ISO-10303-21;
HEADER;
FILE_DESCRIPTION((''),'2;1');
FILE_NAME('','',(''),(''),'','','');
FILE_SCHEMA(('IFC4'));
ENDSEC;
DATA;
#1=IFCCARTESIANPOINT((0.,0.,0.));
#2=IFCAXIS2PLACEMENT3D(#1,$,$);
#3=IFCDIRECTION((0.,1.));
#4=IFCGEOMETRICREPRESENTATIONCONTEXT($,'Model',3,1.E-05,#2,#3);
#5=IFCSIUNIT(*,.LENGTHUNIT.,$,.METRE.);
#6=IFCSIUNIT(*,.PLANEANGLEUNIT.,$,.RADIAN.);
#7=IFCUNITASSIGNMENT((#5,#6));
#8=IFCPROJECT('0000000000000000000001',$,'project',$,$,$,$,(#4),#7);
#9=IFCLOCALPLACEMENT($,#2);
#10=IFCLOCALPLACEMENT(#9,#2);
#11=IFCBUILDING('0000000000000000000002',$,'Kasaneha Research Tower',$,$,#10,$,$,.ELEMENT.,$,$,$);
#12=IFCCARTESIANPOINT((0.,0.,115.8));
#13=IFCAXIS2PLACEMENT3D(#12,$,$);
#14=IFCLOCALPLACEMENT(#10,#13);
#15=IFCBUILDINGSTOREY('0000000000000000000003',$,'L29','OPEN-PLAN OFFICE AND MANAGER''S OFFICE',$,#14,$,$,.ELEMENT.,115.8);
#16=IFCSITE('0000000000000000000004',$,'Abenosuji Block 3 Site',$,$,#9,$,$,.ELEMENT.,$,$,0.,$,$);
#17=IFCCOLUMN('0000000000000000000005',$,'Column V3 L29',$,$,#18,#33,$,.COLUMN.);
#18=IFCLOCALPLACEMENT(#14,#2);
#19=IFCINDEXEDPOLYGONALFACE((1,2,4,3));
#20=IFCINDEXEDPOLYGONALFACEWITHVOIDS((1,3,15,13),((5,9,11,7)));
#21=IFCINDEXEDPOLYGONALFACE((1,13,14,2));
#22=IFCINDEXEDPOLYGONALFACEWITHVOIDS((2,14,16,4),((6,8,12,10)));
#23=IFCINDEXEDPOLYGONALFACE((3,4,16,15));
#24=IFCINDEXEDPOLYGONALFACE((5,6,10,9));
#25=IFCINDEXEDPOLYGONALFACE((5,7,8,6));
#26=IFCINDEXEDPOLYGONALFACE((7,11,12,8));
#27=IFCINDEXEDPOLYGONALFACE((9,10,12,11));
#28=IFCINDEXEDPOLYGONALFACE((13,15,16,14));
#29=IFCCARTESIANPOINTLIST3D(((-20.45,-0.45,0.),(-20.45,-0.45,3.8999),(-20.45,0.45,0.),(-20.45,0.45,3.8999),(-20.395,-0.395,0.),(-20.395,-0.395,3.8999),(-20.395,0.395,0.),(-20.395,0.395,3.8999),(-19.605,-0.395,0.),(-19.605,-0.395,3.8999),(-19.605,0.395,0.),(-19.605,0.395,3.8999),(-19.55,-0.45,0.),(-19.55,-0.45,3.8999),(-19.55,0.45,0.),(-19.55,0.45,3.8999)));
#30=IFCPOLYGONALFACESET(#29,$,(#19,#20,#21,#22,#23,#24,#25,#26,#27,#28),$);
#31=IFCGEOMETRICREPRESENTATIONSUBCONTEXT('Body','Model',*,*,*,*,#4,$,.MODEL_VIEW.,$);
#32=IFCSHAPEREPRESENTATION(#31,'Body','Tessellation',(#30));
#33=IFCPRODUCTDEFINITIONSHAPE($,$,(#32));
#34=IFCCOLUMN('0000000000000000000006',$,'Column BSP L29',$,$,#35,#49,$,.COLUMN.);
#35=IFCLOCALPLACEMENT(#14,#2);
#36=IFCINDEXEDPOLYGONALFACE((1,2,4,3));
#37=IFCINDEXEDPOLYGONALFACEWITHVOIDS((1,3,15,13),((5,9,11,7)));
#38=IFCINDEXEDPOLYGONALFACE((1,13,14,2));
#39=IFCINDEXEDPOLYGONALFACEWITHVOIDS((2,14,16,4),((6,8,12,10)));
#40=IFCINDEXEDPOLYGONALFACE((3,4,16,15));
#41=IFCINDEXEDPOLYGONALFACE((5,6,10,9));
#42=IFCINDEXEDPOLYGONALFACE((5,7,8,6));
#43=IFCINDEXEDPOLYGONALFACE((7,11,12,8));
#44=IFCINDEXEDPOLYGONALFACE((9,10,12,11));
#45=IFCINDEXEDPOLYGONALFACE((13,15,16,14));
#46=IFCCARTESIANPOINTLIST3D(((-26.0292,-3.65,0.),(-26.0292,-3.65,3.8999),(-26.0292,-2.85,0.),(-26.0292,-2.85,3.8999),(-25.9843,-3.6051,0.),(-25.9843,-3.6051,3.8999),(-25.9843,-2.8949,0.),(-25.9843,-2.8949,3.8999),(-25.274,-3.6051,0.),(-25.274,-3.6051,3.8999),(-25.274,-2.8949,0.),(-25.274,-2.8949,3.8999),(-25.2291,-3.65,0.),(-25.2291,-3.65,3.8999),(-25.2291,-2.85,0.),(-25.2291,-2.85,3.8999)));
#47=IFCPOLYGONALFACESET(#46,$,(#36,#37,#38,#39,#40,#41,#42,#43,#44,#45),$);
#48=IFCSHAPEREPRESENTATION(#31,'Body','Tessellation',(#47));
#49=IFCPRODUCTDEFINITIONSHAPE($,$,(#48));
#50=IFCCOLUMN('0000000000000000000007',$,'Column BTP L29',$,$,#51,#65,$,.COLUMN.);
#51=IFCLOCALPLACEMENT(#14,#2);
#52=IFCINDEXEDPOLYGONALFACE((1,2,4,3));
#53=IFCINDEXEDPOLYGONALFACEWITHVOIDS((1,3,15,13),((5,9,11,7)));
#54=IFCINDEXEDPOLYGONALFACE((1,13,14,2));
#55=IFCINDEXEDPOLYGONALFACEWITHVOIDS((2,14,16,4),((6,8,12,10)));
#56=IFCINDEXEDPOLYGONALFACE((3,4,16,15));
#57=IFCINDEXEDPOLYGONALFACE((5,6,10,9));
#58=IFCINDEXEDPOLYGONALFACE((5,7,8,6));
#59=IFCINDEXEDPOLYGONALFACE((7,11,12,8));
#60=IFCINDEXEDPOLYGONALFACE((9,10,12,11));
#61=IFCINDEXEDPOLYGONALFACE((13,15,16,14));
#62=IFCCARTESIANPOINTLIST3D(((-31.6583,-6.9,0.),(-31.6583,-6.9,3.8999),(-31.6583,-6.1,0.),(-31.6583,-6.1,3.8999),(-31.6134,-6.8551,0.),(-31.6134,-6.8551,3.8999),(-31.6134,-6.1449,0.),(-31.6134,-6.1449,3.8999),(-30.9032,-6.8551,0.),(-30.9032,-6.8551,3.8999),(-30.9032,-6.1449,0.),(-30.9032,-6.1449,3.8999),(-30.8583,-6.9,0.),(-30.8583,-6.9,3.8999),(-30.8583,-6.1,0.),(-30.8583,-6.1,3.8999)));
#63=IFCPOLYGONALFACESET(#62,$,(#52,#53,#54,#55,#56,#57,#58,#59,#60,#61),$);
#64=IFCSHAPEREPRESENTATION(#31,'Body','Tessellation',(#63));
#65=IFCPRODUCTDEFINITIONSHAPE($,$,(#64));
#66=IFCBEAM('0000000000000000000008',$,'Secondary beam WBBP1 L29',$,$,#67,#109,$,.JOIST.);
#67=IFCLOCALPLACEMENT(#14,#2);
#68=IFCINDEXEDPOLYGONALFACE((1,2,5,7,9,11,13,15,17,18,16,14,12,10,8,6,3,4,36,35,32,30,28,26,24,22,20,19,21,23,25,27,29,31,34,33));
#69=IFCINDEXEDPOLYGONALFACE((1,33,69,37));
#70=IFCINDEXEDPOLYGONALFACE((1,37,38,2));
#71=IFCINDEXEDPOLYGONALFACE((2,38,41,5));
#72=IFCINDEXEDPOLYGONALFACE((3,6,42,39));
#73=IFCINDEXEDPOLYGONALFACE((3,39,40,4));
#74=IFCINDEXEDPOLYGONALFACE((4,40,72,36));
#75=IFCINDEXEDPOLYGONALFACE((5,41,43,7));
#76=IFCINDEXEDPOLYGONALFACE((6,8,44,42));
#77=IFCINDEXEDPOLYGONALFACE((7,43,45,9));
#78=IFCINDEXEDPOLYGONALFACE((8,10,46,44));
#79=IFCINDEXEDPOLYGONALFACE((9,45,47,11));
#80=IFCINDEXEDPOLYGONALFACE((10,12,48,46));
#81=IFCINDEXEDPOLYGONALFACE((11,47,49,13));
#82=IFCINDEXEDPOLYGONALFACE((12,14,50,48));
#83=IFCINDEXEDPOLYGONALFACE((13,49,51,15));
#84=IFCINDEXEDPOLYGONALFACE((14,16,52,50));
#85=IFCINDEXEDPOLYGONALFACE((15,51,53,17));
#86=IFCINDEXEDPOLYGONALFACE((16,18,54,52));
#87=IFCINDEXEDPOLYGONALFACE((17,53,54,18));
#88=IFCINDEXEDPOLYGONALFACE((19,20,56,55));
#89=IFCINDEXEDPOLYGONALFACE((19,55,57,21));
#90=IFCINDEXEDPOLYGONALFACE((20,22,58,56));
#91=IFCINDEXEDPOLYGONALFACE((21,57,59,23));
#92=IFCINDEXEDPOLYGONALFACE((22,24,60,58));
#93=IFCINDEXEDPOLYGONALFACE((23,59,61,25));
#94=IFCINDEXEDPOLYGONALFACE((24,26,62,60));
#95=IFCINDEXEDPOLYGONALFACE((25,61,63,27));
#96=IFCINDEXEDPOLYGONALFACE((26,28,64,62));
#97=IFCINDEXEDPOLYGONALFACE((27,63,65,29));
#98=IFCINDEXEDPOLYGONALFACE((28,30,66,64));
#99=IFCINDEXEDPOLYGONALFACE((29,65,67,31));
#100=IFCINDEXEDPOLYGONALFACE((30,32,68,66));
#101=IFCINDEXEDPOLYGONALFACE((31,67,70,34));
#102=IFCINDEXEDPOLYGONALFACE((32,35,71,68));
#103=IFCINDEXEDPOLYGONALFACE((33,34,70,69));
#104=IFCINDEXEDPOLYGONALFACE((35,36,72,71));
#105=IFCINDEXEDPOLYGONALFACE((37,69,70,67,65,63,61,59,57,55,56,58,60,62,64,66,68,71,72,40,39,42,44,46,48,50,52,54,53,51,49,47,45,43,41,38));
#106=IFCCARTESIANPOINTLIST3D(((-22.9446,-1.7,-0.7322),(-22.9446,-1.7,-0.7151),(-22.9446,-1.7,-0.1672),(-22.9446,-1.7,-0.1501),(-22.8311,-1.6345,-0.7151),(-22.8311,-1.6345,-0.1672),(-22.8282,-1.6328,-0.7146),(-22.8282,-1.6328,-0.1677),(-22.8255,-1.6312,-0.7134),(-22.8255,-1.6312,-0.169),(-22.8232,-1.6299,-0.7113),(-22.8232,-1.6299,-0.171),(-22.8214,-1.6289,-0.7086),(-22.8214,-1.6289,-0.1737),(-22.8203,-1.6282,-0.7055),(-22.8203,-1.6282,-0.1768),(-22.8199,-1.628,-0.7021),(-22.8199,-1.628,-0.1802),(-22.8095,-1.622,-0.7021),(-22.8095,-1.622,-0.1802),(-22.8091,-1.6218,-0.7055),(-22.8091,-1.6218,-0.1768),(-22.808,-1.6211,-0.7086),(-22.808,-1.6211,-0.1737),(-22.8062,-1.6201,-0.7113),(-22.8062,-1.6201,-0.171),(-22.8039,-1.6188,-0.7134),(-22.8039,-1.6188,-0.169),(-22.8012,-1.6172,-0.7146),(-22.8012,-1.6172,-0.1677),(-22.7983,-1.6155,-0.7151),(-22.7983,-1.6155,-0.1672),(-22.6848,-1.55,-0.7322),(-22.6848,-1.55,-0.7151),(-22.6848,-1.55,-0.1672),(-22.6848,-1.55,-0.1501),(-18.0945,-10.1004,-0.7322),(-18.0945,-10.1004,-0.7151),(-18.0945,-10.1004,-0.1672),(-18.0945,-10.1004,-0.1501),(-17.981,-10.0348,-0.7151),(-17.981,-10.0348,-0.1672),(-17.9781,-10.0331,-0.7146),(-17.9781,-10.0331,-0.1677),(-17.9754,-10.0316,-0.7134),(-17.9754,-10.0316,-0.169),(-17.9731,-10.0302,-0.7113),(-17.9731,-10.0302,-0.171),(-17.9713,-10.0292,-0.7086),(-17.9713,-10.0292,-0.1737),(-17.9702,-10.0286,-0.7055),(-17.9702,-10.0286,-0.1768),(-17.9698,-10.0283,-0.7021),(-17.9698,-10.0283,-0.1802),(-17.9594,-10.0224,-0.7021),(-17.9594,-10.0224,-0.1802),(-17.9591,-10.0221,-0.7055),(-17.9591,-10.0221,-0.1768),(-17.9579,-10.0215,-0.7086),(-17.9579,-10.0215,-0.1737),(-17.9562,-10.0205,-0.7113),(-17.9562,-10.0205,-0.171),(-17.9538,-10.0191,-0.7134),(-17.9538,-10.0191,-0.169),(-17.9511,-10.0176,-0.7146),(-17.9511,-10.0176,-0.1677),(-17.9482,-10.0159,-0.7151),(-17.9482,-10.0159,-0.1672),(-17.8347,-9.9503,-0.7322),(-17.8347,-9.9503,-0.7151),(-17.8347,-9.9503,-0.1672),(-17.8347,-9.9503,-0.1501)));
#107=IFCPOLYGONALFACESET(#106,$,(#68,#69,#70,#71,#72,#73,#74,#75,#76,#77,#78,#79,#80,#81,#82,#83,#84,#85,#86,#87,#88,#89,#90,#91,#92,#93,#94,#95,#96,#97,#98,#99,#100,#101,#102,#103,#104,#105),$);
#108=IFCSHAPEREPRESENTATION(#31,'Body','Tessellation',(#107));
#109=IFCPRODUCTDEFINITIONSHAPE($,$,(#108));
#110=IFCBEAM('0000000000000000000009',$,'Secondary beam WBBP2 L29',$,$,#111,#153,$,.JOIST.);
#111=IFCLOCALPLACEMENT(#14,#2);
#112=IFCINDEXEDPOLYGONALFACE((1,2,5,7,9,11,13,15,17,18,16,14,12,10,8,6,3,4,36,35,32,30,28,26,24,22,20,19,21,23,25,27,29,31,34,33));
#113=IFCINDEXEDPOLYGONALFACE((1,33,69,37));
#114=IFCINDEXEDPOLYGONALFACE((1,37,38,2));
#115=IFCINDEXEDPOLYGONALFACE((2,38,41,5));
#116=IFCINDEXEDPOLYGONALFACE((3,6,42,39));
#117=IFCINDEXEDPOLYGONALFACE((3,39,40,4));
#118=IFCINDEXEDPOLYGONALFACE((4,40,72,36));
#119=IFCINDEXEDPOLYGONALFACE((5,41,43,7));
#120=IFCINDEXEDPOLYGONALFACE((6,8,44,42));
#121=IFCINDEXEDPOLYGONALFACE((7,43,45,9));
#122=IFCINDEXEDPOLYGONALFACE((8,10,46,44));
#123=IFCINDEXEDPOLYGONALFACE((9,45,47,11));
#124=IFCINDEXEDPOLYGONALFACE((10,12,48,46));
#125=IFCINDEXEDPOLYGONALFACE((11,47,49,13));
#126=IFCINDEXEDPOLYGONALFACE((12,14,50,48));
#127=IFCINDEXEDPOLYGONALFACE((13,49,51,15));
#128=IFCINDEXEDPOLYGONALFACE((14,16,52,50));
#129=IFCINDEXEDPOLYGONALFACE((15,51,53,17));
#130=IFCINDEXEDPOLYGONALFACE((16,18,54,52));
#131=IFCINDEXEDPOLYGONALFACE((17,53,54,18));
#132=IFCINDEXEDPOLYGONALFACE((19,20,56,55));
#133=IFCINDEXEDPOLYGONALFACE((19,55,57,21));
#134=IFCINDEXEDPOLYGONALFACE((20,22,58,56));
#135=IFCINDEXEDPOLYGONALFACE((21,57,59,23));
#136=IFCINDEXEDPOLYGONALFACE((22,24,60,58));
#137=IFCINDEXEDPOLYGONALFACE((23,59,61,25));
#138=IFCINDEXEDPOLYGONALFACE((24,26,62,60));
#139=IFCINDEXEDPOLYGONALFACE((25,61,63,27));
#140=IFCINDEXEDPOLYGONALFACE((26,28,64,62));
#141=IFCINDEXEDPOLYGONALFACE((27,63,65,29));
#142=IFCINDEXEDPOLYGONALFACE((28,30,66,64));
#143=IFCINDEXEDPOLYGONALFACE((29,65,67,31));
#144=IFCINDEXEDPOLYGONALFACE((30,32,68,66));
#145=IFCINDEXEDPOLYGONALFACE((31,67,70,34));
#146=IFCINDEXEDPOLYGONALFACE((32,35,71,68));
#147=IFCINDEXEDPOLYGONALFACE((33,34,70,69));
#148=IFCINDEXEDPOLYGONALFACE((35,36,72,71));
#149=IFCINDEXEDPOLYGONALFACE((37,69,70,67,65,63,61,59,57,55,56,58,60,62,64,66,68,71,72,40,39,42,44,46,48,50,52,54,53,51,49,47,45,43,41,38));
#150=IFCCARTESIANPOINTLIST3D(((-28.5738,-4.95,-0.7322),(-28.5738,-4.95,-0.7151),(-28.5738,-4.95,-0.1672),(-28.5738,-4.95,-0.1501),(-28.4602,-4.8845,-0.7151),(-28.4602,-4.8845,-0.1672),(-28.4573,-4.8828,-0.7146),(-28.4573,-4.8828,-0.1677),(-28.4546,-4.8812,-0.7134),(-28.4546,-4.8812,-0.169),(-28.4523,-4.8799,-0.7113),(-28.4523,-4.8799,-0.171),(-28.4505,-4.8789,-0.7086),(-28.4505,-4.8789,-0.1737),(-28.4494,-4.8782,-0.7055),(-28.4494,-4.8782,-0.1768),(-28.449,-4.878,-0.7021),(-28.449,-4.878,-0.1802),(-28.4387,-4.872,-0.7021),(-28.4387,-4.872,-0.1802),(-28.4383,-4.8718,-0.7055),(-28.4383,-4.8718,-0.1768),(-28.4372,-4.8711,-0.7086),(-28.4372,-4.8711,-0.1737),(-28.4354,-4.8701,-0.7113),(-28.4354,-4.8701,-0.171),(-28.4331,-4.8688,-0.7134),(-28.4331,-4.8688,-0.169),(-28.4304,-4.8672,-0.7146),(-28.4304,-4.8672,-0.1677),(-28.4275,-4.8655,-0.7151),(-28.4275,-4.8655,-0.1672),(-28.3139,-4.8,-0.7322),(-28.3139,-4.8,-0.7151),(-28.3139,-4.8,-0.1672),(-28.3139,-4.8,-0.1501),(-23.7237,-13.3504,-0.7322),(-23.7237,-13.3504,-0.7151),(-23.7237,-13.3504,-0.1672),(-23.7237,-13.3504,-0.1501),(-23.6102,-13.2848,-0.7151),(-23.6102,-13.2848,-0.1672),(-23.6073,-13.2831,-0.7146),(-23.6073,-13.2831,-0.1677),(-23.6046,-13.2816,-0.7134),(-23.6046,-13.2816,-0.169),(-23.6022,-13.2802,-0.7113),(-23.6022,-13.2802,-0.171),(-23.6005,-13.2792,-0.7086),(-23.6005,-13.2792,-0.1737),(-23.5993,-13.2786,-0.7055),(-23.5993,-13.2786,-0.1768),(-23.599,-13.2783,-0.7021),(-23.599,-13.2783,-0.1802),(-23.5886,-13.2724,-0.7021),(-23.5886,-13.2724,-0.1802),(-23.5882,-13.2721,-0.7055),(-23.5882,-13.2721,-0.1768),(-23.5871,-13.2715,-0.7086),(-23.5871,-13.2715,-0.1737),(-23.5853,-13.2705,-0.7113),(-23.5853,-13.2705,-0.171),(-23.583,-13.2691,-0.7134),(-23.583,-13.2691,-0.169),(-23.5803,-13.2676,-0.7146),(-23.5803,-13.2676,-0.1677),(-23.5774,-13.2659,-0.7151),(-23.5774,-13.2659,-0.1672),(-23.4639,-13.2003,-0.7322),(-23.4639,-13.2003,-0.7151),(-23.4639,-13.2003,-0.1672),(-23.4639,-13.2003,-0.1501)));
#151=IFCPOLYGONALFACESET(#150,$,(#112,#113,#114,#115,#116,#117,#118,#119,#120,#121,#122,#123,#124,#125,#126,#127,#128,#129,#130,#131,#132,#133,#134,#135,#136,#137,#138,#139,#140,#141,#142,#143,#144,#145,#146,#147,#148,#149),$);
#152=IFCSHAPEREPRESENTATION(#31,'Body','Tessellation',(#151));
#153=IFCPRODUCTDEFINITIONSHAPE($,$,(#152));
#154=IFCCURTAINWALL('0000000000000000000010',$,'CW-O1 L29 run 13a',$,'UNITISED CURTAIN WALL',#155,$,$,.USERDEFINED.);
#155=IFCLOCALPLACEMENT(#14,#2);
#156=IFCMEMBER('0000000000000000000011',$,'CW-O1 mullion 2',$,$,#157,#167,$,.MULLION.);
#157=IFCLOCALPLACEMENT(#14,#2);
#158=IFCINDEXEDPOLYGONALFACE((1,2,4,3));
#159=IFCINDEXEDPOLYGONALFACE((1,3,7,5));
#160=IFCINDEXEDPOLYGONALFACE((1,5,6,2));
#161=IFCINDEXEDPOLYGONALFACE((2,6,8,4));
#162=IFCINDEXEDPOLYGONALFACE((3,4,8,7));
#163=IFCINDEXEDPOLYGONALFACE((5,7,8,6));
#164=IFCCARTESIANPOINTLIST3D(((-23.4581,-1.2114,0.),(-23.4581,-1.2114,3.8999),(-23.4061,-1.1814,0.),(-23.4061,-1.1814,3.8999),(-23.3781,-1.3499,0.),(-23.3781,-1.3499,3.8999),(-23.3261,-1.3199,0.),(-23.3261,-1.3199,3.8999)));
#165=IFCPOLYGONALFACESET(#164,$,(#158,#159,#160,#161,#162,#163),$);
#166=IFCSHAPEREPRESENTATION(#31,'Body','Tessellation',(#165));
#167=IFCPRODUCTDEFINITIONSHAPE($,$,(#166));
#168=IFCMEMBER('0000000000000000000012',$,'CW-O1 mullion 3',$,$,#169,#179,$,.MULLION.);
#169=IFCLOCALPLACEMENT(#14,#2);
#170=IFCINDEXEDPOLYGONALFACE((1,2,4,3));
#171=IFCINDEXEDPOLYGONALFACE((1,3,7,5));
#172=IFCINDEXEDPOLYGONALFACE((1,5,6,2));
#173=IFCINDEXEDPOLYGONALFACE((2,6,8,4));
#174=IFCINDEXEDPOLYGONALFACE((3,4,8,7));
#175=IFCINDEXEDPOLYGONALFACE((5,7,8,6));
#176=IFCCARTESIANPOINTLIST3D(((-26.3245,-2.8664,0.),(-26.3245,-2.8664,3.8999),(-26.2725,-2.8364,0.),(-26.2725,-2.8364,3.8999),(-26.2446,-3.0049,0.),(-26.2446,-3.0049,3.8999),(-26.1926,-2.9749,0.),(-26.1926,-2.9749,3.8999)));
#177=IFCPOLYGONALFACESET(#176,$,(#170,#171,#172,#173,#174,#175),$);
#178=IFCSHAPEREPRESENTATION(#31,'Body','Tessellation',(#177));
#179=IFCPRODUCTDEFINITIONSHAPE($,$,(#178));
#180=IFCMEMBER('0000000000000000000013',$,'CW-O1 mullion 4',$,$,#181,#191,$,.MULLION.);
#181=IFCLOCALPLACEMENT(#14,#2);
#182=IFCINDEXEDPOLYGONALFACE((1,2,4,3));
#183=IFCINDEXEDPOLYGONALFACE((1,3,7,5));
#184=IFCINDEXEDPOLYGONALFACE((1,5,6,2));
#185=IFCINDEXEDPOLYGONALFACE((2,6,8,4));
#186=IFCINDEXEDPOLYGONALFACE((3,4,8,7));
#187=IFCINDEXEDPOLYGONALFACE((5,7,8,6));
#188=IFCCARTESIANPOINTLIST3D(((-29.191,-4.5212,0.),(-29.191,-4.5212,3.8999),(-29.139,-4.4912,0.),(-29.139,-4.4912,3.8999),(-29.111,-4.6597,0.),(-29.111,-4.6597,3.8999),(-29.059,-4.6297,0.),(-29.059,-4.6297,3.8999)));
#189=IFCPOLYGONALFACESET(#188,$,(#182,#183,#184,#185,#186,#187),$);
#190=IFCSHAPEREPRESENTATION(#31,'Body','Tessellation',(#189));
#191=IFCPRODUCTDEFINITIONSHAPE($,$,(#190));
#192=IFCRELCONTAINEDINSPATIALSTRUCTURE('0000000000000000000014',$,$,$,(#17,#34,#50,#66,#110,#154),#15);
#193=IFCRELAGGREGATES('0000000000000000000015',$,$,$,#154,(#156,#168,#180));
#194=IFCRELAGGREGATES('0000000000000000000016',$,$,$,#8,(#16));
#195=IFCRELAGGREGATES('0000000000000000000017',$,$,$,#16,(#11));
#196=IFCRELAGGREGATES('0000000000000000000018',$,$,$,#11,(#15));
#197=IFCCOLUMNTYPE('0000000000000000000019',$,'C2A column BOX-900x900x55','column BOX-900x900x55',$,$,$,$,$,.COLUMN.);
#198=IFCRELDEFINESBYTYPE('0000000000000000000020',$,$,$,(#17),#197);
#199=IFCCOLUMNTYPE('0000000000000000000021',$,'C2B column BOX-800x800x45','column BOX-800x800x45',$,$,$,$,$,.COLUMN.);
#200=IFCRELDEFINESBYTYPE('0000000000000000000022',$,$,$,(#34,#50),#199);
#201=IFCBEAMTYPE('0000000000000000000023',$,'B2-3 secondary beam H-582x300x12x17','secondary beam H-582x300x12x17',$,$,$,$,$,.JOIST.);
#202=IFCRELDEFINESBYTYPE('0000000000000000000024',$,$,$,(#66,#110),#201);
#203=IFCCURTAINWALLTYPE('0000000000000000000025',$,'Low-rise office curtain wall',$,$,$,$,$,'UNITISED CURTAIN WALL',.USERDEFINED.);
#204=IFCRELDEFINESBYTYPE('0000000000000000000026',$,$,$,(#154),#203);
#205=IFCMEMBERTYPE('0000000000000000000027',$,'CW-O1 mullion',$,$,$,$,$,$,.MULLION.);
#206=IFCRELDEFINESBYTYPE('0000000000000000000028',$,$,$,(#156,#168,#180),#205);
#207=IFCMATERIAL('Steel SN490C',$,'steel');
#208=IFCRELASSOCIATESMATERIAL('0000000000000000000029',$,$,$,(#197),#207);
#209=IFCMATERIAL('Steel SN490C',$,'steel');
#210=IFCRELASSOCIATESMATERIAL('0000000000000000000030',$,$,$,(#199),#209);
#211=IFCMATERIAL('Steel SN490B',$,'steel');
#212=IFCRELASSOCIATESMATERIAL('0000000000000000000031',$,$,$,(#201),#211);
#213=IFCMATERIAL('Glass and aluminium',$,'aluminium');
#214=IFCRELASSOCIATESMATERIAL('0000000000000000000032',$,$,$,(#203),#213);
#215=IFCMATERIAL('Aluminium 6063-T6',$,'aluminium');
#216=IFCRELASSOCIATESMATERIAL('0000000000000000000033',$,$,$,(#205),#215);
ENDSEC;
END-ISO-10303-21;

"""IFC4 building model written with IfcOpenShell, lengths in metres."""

from ifc_helpers import new_model, si_unit, direction, frame, origin, origin_2d, place, context, subcontext, project, spatial, rectangle, hollow_rectangle, i_section, extrude, material, material_profile, profile_set, type_object, element, aggregate, save


model = new_model("IFC4")

# Units and contexts
model_context = context("Model", 3, precision=1e-05, world=origin(), true_north=direction((0.0, 1.0)))
body_context = subcontext(model_context, "Body", "Model", "MODEL_VIEW")
ifc_project = project(units=[si_unit("LENGTHUNIT", "METRE"), si_unit("PLANEANGLEUNIT", "RADIAN")], contexts=[model_context])

# Site, building, storey
site_placement = place(None, origin())
site = spatial("IfcSite", under=ifc_project, at=site_placement, Name="Abenosuji Block 3 Site", CompositionType="ELEMENT", RefElevation=0.0)
building_placement = place(site_placement, origin())
building = spatial("IfcBuilding", under=site, at=building_placement, Name="Kasaneha Research Tower", CompositionType="ELEMENT")
storey_placement = place(building_placement, frame((0.0, 0.0, 115.8)))
storey = spatial("IfcBuildingStorey", under=building, at=storey_placement, Name="L29", Description="OPEN-PLAN OFFICE AND MANAGER'S OFFICE", CompositionType="ELEMENT", Elevation=115.8)

# Columns
ifc_material_1 = material(Name="Steel SN490C", Category="steel")
ifc_material_profile_1 = material_profile(ifc_material_1, hollow_rectangle(XDim=0.8999, YDim=0.8999, WallThickness=0.0549, at=origin_2d()), Name="BOX-900x900x55")
ifc_profile_set_1 = profile_set([ifc_material_profile_1], Name="Steel SN490C")
column_type_1 = type_object("IfcColumnType", Name="C2A column BOX-900x900x55", Description="column BOX-900x900x55", PredefinedType="COLUMN", material=ifc_profile_set_1)
column_placement = place(storey_placement, frame((-20.0, 0.0, 0.0), z_axis=(0.0, 0.0, 1.0), x_axis=(1.0, 0.0, 0.0)))
element("IfcColumn", 1, at=column_placement, inside=storey, type_object=column_type_1, Name="Column V3 L29", PredefinedType="COLUMN", context=body_context, shape_type="SweptSolid", body=[
    extrude(hollow_rectangle(XDim=0.8999, YDim=0.8999, WallThickness=0.0549, at=origin_2d()), origin(), (0.0, 0.0, 1.0), 3.8999),
])
ifc_material_2 = material(Name="Steel SN490C", Category="steel")
ifc_material_profile_2 = material_profile(ifc_material_2, hollow_rectangle(XDim=0.8, YDim=0.8, WallThickness=0.0449, at=origin_2d()), Name="BOX-800x800x45")
ifc_profile_set_2 = profile_set([ifc_material_profile_2], Name="Steel SN490C")
column_type_2 = type_object("IfcColumnType", Name="C2B column BOX-800x800x45", Description="column BOX-800x800x45", PredefinedType="COLUMN", material=ifc_profile_set_2)
for number, where, z_axis, x_axis, name in (
    (2, (-25.6292, -3.25, 0.0), (0.0, 0.0, 1.0), (1.0, 0.0, 0.0), "Column BSP L29"),
    (3, (-31.2583, -6.5, 0.0), (0.0, 0.0, 1.0), (1.0, 0.0, 0.0), "Column BTP L29"),
):
    element("IfcColumn", number, at=place(storey_placement, frame(where, z_axis=z_axis, x_axis=x_axis)), inside=storey, type_object=column_type_2, Name=name, PredefinedType="COLUMN", context=body_context, shape_type="SweptSolid", body=[
        extrude(hollow_rectangle(XDim=0.8, YDim=0.8, WallThickness=0.0449, at=origin_2d()), origin(), (0.0, 0.0, 1.0), 3.8999),
    ])

# Beams
ifc_material_3 = material(Name="Steel SN490B", Category="steel")
ifc_material_profile_3 = material_profile(ifc_material_3, i_section(OverallWidth=0.3, OverallDepth=0.582, WebThickness=0.012, FlangeThickness=0.0171, FilletRadius=0.0129, at=origin_2d()), Name="H-582x300x12x17")
ifc_profile_set_3 = profile_set([ifc_material_profile_3], Name="Steel SN490B")
beam_type_1 = type_object("IfcBeamType", Name="B2-3 secondary beam H-582x300x12x17", Description="secondary beam H-582x300x12x17", PredefinedType="JOIST", material=ifc_profile_set_3)
for number, where, z_axis, x_axis, name in (
    (4, (-22.8147, -1.625, -0.4412), (0.50001, -0.86602, 0.0), (0.86602, 0.50001, 0.0), "Secondary beam WBBP1 L29"),
    (5, (-28.4438, -4.875, -0.4412), (0.50001, -0.86602, 0.0), (0.86602, 0.50001, 0.0), "Secondary beam WBBP2 L29"),
):
    element("IfcBeam", number, at=place(storey_placement, frame(where, z_axis=z_axis, x_axis=x_axis)), inside=storey, type_object=beam_type_1, Name=name, PredefinedType="JOIST", context=body_context, shape_type="SweptSolid", body=[
        extrude(i_section(OverallWidth=0.3, OverallDepth=0.582, WebThickness=0.012, FlangeThickness=0.0171, FilletRadius=0.0129, at=origin_2d()), origin(), (0.0, 0.0, 1.0), 9.7),
    ])

# Curtain wall, members
ifc_material_4 = material(Name="Glass and aluminium", Category="aluminium")
curtain_wall_type = type_object("IfcCurtainWallType", Name="Low-rise office curtain wall", ElementType="UNITISED CURTAIN WALL", PredefinedType="USERDEFINED", material=ifc_material_4)
curtain_wall_1_placement = place(storey_placement, origin())
curtain_wall_1 = element("IfcCurtainWall", 6, at=curtain_wall_1_placement, inside=storey, type_object=curtain_wall_type, Name="CW-O1 L29 run 13a", ObjectType="UNITISED CURTAIN WALL", PredefinedType="USERDEFINED")
ifc_material_5 = material(Name="Aluminium 6063-T6", Category="aluminium")
ifc_material_profile_4 = material_profile(ifc_material_5, rectangle(XDim=0.0601, YDim=0.1599, at=origin_2d()), Name="CW-O1 mullion 60x160")
ifc_profile_set_4 = profile_set([ifc_material_profile_4], Name="Aluminium 6063-T6")
member_type_1 = type_object("IfcMemberType", Name="CW-O1 mullion", PredefinedType="MULLION", material=ifc_profile_set_4)
member_1_placement = place(storey_placement, frame((-23.3921, -1.2656, 0.0), z_axis=(0.0, 0.0, 1.0), x_axis=(-0.866025, -0.5, 0.0)))
member_1 = element("IfcMember", 7, at=member_1_placement, type_object=member_type_1, Name="CW-O1 mullion 2", PredefinedType="MULLION", context=body_context, shape_type="SweptSolid", body=[
    extrude(rectangle(XDim=0.0601, YDim=0.1599, at=origin_2d()), origin(), (0.0, 0.0, 1.0), 3.8999),
])
member_2_placement = place(storey_placement, frame((-26.2585, -2.9207, 0.0), z_axis=(0.0, 0.0, 1.0), x_axis=(-0.866025, -0.5, 0.0)))
member_2 = element("IfcMember", 8, at=member_2_placement, type_object=member_type_1, Name="CW-O1 mullion 3", PredefinedType="MULLION", context=body_context, shape_type="SweptSolid", body=[
    extrude(rectangle(XDim=0.0601, YDim=0.1599, at=origin_2d()), origin(), (0.0, 0.0, 1.0), 3.8999),
])
member_3_placement = place(storey_placement, frame((-29.125, -4.5754, 0.0), z_axis=(0.0, 0.0, 1.0), x_axis=(-0.866025, -0.5, 0.0)))
member_3 = element("IfcMember", 9, at=member_3_placement, type_object=member_type_1, Name="CW-O1 mullion 4", PredefinedType="MULLION", context=body_context, shape_type="SweptSolid", body=[
    extrude(rectangle(XDim=0.0601, YDim=0.1599, at=origin_2d()), origin(), (0.0, 0.0, 1.0), 3.8999),
])

aggregate(curtain_wall_1, [member_1, member_2, member_3])

save(model, "model.ifc")
